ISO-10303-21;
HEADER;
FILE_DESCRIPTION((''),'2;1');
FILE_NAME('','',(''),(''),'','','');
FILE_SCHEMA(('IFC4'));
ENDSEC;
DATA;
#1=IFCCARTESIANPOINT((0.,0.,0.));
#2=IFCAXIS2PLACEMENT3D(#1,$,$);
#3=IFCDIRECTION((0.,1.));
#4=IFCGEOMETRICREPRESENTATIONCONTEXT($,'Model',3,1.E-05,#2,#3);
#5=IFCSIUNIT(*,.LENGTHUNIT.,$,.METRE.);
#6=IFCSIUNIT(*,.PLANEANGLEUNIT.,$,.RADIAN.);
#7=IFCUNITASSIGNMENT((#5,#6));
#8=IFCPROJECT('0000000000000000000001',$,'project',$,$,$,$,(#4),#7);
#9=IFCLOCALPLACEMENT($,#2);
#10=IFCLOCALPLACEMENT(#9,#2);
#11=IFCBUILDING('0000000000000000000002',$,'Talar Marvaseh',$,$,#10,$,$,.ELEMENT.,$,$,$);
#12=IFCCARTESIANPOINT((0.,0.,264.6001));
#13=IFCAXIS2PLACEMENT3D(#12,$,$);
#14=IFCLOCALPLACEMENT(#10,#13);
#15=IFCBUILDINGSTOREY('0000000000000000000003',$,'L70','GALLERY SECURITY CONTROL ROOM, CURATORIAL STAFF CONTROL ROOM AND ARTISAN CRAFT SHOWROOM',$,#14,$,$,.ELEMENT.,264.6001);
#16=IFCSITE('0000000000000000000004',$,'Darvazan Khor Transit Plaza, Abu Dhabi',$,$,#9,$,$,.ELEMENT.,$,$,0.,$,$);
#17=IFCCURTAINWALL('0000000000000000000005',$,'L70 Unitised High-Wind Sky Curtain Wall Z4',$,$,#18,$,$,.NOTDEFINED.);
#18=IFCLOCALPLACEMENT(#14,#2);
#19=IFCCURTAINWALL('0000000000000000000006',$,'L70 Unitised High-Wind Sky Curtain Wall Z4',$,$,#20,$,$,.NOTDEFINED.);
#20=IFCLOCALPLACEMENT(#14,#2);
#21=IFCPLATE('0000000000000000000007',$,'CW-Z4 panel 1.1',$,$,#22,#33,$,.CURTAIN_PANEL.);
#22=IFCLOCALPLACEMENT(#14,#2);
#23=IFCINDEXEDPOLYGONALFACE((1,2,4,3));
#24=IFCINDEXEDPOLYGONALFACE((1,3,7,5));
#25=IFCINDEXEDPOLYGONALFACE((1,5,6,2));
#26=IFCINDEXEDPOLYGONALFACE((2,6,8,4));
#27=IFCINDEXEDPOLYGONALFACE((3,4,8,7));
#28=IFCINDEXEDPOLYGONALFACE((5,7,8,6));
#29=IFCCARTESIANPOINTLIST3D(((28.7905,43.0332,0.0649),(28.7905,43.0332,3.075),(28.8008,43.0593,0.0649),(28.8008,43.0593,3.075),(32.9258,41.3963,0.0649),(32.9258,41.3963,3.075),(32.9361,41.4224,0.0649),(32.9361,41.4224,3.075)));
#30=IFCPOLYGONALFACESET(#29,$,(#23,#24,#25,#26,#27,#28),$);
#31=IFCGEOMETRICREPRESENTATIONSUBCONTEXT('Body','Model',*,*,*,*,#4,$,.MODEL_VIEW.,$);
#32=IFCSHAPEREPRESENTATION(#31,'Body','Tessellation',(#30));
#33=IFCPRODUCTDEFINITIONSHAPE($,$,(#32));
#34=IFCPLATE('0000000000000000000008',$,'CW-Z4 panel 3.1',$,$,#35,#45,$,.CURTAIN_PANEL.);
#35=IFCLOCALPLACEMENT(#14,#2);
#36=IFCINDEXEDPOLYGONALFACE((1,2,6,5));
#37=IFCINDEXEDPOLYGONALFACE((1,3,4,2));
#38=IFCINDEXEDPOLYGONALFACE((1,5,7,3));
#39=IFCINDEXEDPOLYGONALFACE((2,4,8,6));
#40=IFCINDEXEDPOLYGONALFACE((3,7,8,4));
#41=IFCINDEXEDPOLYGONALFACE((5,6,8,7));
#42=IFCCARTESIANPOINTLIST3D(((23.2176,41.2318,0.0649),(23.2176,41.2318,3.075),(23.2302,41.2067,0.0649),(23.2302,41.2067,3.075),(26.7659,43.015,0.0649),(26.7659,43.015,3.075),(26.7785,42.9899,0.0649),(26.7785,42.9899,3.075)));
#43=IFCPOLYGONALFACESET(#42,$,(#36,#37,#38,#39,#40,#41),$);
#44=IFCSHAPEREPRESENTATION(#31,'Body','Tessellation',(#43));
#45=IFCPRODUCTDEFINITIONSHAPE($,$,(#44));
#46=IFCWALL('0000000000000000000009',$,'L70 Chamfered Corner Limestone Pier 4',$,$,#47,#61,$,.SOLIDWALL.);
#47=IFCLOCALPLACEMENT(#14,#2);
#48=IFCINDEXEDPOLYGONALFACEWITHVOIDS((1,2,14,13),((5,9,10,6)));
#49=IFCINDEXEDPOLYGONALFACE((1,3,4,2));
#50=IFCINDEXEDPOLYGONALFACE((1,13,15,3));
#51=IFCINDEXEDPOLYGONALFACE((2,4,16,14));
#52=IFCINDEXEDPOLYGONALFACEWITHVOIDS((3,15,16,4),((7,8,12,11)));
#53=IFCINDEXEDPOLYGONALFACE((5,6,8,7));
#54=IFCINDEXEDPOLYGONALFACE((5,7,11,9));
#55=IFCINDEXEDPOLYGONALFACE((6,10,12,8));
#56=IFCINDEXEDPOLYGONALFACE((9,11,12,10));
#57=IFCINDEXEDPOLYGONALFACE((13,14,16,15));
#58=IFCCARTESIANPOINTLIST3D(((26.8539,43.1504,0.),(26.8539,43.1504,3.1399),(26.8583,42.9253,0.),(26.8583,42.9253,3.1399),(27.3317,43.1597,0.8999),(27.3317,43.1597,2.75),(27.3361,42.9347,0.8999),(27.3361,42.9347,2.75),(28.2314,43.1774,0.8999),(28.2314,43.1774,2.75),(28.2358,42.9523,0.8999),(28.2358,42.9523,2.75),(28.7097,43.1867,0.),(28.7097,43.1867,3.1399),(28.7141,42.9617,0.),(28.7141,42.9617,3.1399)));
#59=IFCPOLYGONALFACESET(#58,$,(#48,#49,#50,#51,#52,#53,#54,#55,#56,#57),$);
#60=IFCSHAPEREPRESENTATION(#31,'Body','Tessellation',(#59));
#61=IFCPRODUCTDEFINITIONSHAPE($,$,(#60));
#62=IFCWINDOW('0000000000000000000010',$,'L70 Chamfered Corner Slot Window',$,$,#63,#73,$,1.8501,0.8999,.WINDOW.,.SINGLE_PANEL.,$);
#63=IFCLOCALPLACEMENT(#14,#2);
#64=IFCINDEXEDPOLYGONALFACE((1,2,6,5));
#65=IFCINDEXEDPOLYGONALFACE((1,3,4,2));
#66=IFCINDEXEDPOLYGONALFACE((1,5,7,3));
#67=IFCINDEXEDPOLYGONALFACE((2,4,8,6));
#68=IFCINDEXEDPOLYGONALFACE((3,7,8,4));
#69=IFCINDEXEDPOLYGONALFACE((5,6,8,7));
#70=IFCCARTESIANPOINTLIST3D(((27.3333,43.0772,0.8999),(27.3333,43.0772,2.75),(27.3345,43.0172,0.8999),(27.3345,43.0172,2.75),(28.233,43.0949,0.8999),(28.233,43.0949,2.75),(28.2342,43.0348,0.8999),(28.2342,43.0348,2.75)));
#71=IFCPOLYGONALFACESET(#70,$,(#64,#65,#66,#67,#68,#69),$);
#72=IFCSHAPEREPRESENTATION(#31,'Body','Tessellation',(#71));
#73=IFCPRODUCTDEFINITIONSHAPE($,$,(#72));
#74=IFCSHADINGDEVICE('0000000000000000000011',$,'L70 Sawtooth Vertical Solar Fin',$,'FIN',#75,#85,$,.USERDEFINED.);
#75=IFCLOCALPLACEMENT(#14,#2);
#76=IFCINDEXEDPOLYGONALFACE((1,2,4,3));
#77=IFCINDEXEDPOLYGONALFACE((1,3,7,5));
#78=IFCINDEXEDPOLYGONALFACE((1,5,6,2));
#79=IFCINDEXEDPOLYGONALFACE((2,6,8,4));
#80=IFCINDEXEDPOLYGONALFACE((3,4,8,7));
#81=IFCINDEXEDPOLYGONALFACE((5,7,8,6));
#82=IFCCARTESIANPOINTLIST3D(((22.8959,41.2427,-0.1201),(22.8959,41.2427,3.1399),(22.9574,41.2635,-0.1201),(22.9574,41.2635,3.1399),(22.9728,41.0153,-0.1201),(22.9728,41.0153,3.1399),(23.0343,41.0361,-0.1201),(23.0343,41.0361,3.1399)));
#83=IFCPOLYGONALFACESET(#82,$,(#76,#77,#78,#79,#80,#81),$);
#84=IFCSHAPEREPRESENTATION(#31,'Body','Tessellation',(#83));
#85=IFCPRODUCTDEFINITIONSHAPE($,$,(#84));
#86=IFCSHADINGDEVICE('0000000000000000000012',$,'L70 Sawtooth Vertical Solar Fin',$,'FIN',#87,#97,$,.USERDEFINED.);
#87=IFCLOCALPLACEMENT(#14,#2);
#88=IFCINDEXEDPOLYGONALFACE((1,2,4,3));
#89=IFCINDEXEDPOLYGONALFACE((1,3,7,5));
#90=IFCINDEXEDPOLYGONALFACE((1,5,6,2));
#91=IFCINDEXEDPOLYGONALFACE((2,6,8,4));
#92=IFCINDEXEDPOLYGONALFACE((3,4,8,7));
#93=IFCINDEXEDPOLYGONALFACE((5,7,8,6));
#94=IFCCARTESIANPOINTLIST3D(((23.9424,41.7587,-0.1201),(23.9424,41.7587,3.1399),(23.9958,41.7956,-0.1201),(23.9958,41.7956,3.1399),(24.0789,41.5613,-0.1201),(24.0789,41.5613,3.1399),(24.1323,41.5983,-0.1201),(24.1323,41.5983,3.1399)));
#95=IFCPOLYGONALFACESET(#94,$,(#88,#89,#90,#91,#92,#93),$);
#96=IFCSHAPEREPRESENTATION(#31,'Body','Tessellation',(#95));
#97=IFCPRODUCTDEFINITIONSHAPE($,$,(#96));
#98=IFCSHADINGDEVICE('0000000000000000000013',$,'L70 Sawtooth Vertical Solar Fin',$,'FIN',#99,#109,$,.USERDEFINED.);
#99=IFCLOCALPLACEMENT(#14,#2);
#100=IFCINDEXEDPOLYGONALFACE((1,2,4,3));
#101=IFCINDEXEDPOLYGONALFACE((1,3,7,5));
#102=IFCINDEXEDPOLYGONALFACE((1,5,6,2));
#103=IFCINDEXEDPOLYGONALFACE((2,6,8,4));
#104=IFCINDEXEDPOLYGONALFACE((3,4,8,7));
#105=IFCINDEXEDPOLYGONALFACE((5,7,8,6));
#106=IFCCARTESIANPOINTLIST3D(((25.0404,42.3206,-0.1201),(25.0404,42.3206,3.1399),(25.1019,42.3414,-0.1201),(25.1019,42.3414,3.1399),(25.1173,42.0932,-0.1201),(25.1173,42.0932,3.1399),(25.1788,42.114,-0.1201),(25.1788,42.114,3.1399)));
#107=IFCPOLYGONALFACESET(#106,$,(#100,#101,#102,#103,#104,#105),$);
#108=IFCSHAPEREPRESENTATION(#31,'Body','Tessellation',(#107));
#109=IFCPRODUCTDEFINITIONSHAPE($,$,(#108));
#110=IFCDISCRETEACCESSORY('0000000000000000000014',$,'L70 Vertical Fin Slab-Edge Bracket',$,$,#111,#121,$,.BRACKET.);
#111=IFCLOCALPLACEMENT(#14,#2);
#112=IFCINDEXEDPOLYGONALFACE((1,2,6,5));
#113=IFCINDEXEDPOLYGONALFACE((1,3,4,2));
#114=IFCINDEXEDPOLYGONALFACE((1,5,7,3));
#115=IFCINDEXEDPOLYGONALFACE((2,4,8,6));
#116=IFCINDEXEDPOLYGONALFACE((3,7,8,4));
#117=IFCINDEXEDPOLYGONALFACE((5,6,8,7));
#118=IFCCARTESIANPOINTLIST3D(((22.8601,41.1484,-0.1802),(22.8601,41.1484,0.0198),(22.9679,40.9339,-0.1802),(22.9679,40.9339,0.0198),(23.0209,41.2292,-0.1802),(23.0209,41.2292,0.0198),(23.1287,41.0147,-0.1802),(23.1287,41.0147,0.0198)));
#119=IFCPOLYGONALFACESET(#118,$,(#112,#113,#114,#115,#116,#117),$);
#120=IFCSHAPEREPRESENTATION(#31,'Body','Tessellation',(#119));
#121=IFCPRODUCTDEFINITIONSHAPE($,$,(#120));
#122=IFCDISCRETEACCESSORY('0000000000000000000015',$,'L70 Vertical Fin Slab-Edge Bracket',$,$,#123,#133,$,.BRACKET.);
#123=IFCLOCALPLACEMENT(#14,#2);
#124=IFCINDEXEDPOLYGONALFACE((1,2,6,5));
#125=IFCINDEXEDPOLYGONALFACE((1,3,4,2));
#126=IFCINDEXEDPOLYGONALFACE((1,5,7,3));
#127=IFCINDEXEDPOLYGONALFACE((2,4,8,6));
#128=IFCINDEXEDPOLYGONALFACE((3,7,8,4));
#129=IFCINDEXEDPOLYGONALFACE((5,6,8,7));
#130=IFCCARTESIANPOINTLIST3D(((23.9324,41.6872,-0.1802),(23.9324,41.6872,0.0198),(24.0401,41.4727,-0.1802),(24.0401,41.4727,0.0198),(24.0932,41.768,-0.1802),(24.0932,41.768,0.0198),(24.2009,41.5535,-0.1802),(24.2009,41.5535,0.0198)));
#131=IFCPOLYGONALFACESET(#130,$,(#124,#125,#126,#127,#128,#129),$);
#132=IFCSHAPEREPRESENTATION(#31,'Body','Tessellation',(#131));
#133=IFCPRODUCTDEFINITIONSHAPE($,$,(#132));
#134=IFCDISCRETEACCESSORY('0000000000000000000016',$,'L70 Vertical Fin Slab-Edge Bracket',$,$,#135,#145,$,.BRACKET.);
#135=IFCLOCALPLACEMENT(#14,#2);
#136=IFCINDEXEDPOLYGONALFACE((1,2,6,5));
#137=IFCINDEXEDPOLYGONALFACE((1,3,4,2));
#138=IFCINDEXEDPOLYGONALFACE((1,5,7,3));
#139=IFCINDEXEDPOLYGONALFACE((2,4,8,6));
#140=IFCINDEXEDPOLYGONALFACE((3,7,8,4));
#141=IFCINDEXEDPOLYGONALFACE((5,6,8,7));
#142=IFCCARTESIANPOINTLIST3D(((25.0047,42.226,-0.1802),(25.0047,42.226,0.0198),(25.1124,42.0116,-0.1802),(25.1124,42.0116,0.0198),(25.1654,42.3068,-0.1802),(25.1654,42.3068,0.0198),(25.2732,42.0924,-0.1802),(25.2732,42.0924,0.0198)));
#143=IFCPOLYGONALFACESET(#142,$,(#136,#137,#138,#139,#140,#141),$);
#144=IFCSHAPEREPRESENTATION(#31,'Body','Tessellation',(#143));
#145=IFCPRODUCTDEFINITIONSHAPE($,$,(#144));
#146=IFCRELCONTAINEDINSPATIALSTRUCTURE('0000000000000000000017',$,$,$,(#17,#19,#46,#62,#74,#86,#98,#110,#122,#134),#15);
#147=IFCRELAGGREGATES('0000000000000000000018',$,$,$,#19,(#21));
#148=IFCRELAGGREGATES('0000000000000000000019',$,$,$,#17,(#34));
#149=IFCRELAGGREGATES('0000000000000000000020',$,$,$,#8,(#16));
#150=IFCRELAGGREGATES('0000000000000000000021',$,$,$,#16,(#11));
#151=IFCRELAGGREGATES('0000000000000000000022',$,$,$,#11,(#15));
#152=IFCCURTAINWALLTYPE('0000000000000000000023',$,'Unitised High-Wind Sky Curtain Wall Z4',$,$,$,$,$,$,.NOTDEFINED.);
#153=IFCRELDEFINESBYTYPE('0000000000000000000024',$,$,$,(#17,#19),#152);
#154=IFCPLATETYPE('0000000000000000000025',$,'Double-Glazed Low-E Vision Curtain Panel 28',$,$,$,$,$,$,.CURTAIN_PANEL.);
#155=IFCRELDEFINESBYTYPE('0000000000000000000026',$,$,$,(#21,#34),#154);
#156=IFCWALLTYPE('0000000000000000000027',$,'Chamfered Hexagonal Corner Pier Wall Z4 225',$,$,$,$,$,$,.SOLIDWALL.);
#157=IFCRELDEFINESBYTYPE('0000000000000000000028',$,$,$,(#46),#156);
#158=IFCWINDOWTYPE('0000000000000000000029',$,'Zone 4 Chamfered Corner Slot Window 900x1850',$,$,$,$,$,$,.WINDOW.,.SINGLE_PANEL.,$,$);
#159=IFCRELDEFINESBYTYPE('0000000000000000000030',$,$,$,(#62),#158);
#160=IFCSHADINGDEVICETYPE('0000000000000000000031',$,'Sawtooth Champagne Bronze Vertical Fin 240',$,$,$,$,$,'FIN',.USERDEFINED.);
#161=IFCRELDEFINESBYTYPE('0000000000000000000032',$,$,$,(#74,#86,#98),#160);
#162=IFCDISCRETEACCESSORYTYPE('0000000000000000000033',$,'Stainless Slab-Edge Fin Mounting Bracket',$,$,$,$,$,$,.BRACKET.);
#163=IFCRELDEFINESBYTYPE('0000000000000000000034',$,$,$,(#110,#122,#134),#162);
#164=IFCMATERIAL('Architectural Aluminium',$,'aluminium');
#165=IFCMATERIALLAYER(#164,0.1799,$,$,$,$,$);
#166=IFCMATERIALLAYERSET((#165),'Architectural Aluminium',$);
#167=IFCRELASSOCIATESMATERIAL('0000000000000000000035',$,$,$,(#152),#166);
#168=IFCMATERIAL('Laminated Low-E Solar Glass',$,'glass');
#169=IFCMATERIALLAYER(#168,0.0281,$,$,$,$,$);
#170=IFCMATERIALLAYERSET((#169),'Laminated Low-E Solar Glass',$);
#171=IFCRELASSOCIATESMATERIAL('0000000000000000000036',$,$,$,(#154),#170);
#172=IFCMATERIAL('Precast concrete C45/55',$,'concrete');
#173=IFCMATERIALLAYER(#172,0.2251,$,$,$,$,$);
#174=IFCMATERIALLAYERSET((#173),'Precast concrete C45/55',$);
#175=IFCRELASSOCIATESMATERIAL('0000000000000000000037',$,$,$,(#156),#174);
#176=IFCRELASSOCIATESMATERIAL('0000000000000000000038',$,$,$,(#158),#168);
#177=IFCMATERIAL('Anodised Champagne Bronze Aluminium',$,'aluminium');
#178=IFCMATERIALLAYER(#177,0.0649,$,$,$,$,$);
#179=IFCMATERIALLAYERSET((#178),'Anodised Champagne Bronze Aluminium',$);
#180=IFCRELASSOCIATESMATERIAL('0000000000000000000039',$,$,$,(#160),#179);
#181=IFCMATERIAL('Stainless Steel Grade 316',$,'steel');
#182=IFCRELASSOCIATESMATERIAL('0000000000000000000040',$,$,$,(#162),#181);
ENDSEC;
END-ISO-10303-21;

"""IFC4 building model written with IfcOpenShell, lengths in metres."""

from ifc_helpers import new_model, si_unit, direction, frame, frame_2d, origin, origin_2d, place, context, subcontext, project, spatial, rectangle, extrude, source, transform, mapped, material, layer, layer_set, type_object, type_shapes, element, fill, aggregate, save


model = new_model("IFC4")

# Units and contexts
model_context = context("Model", 3, precision=1e-05, world=origin(), true_north=direction((0.0, 1.0)))
body_context = subcontext(model_context, "Body", "Model", "MODEL_VIEW")
ifc_project = project(units=[si_unit("LENGTHUNIT", "METRE"), si_unit("PLANEANGLEUNIT", "RADIAN")], contexts=[model_context])

# Site, building, storey
site_placement = place(None, origin())
site = spatial("IfcSite", under=ifc_project, at=site_placement, Name="Darvazan Khor Transit Plaza, Abu Dhabi", CompositionType="ELEMENT", RefElevation=0.0)
building_placement = place(site_placement, origin())
building = spatial("IfcBuilding", under=site, at=building_placement, Name="Talar Marvaseh", CompositionType="ELEMENT")
storey_placement = place(building_placement, frame((0.0, 0.0, 264.6001)))
storey = spatial("IfcBuildingStorey", under=building, at=storey_placement, Name="L70", Description="GALLERY SECURITY CONTROL ROOM, CURATORIAL STAFF CONTROL ROOM AND ARTISAN CRAFT SHOWROOM", CompositionType="ELEMENT", Elevation=264.6001)

# Curtain walls
ifc_material_1 = material(Name="Architectural Aluminium", Category="aluminium")
ifc_layer_1 = layer(ifc_material_1, 0.1799)
ifc_layer_set_1 = layer_set([ifc_layer_1], Name="Architectural Aluminium")
curtain_wall_type = type_object("IfcCurtainWallType", Name="Unitised High-Wind Sky Curtain Wall Z4", PredefinedType="NOTDEFINED", material=ifc_layer_set_1)
curtain_wall_1_placement = place(storey_placement, origin())
curtain_wall_1 = element("IfcCurtainWall", 1, at=curtain_wall_1_placement, inside=storey, type_object=curtain_wall_type, Name="L70 Unitised High-Wind Sky Curtain Wall Z4", PredefinedType="NOTDEFINED")
curtain_wall_2_placement = place(storey_placement, origin())
curtain_wall_2 = element("IfcCurtainWall", 2, at=curtain_wall_2_placement, inside=storey, type_object=curtain_wall_type, Name="L70 Unitised High-Wind Sky Curtain Wall Z4", PredefinedType="NOTDEFINED")

# Plates
ifc_material_2 = material(Name="Laminated Low-E Solar Glass", Category="glass")
ifc_layer_2 = layer(ifc_material_2, 0.0281)
ifc_layer_set_2 = layer_set([ifc_layer_2], Name="Laminated Low-E Solar Glass")
plate_type = type_object("IfcPlateType", Name="Double-Glazed Low-E Vision Curtain Panel 28", PredefinedType="CURTAIN_PANEL", material=ifc_layer_set_2)
shared_shape_1 = source(origin(), body_context, "Body", "SweptSolid", [
    extrude(rectangle(XDim=4.4475, YDim=0.0281, at=origin_2d()), origin(), (0.0, 0.0, 1.0), 3.01),
])
plate_1_placement = place(storey_placement, frame((30.8633, 42.2278, 0.0649), z_axis=(0.0, 0.0, 1.0), x_axis=(0.929802, -0.36806, 0.0)))
plate_1 = element("IfcPlate", 3, at=plate_1_placement, type_object=plate_type, Name="CW-Z4 panel 1.1", PredefinedType="CURTAIN_PANEL", context=body_context, shape_type="MappedRepresentation", body=[
    mapped(shared_shape_1, transform((0.0, 0.0, 0.0), x_axis=(1.0, 0.0, 0.0), y_axis=(0.0, 1.0, 0.0), z_axis=(0.0, 0.0, 1.0), scale=1.0)),
])
aggregate(curtain_wall_2, [plate_1])
shared_shape_2 = source(origin(), body_context, "Body", "SweptSolid", [
    extrude(rectangle(XDim=3.9712, YDim=0.0281, at=origin_2d()), origin(), (0.0, 0.0, 1.0), 3.01),
])
type_shapes(plate_type, [shared_shape_1, shared_shape_2])
plate_2_placement = place(storey_placement, frame((24.998, 42.1108, 0.0649), z_axis=(0.0, 0.0, 1.0), x_axis=(0.893514, 0.449035, 0.0)))
plate_2 = element("IfcPlate", 4, at=plate_2_placement, type_object=plate_type, Name="CW-Z4 panel 3.1", PredefinedType="CURTAIN_PANEL", context=body_context, shape_type="MappedRepresentation", body=[
    mapped(shared_shape_2, transform((0.0, 0.0, 0.0), x_axis=(1.0, 0.0, 0.0), y_axis=(0.0, 1.0, 0.0), z_axis=(0.0, 0.0, 1.0), scale=1.0)),
])
aggregate(curtain_wall_1, [plate_2])

# Wall, opening, window
ifc_material_3 = material(Name="Precast concrete C45/55", Category="concrete")
ifc_layer_3 = layer(ifc_material_3, 0.2251)
ifc_layer_set_3 = layer_set([ifc_layer_3], Name="Precast concrete C45/55")
wall_type = type_object("IfcWallType", Name="Chamfered Hexagonal Corner Pier Wall Z4 225", PredefinedType="SOLIDWALL", material=ifc_layer_set_3)
wall_placement = place(storey_placement, frame((26.856, 43.0378, 0.0), z_axis=(0.0, 0.0, 1.0), x_axis=(0.999808, 0.019596, 0.0)))
wall = element("IfcWall", 5, at=wall_placement, inside=storey, type_object=wall_type, Name="L70 Chamfered Corner Limestone Pier 4", PredefinedType="SOLIDWALL", context=body_context, shape_type="SweptSolid", body=[
    extrude(rectangle(XDim=1.8562, YDim=0.2251, at=frame_2d((0.9282, 0.0))), origin(), (0.0, 0.0, 1.0), 3.1399),
])
opening_placement = place(wall_placement, frame((0.478, 0.0, 0.8999)))
opening = element("IfcOpeningElement", 6, at=opening_placement, cuts=wall, PredefinedType="OPENING", context=body_context, shape_type="SweptSolid", body=[
    extrude(rectangle(XDim=0.8999, YDim=1.8501, at=frame_2d((0.45, 0.925))), frame((0.0, 0.1226, 0.0), z_axis=(0.0, -1.0, 0.0), x_axis=(1.0, 0.0, 0.0)), (0.0, 0.0, 1.0), 0.2451),
])
window_type = type_object("IfcWindowType", Name="Zone 4 Chamfered Corner Slot Window 900x1850", PartitioningType="SINGLE_PANEL", PredefinedType="WINDOW", material=ifc_material_2)
shared_shape_3 = source(origin(), body_context, "Body", "SweptSolid", [
    extrude(rectangle(XDim=0.8999, YDim=1.8501, at=frame_2d((0.45, 0.925))), frame((0.0, 0.03, 0.0), z_axis=(0.0, -1.0, 0.0), x_axis=(1.0, 0.0, 0.0)), (0.0, 0.0, 1.0), 0.0601),
])
type_shapes(window_type, [shared_shape_3])
window_placement = place(opening_placement, origin())
window = element("IfcWindow", 7, at=window_placement, inside=storey, type_object=window_type, Name="L70 Chamfered Corner Slot Window", OverallHeight=1.8501, OverallWidth=0.8999, PartitioningType="SINGLE_PANEL", PredefinedType="WINDOW", context=body_context, shape_type="MappedRepresentation", body=[
    mapped(shared_shape_3, transform((0.0, 0.0, 0.0), x_axis=(1.0, 0.0, 0.0), y_axis=(0.0, 1.0, 0.0), z_axis=(0.0, 0.0, 1.0), scale=1.0)),
])
fill(opening, window)

# Shading devices
ifc_material_4 = material(Name="Anodised Champagne Bronze Aluminium", Category="aluminium")
ifc_layer_4 = layer(ifc_material_4, 0.0649)
ifc_layer_set_4 = layer_set([ifc_layer_4], Name="Anodised Champagne Bronze Aluminium")
shading_device_type = type_object("IfcShadingDeviceType", Name="Sawtooth Champagne Bronze Vertical Fin 240", ElementType="FIN", PredefinedType="USERDEFINED", material=ifc_layer_set_4)
shared_shape_4 = source(origin(), body_context, "Body", "SweptSolid", [
    extrude(rectangle(XDim=0.24, YDim=0.0649, at=origin_2d()), origin(), (0.0, 0.0, 1.0), 3.26),
])
type_shapes(shading_device_type, [shared_shape_4])
for number, where, z_axis, x_axis, name in (
    (8, (22.9651, 41.1394, -0.1201), (0.0, 0.0, 1.0), (-0.320282, 0.947322, 0.0), "L70 Sawtooth Vertical Solar Fin"),
    (9, (24.0374, 41.6785, -0.1201), (0.0, 0.0, 1.0), (-0.568993, 0.822343, 0.0), "L70 Sawtooth Vertical Solar Fin"),
    (10, (25.1096, 42.2173, -0.1201), (0.0, 0.0, 1.0), (-0.320282, 0.947322, 0.0), "L70 Sawtooth Vertical Solar Fin"),
):
    element("IfcShadingDevice", number, at=place(storey_placement, frame(where, z_axis=z_axis, x_axis=x_axis)), inside=storey, type_object=shading_device_type, Name=name, ObjectType="FIN", PredefinedType="USERDEFINED", context=body_context, shape_type="MappedRepresentation", body=[
        mapped(shared_shape_4, transform((0.0, 0.0, 0.0), x_axis=(1.0, 0.0, 0.0), y_axis=(0.0, 1.0, 0.0), z_axis=(0.0, 0.0, 1.0), scale=1.0)),
    ])

# Discrete accessories
ifc_material_5 = material(Name="Stainless Steel Grade 316", Category="steel")
discrete_accessory_type = type_object("IfcDiscreteAccessoryType", Name="Stainless Slab-Edge Fin Mounting Bracket", PredefinedType="BRACKET", material=ifc_material_5)
shared_shape_5 = source(origin(), body_context, "Body", "SweptSolid", [
    extrude(rectangle(XDim=0.24, YDim=0.1799, at=origin_2d()), origin(), (0.0, 0.0, 1.0), 0.2),
])
type_shapes(discrete_accessory_type, [shared_shape_5])
for number, where, z_axis, x_axis, name in (
    (11, (22.9944, 41.0815, -0.1802), (0.0, 0.0, 1.0), (-0.449007, 0.893528, 0.0), "L70 Vertical Fin Slab-Edge Bracket"),
    (12, (24.0667, 41.6204, -0.1802), (0.0, 0.0, 1.0), (-0.449007, 0.893528, 0.0), "L70 Vertical Fin Slab-Edge Bracket"),
    (13, (25.1389, 42.1592, -0.1802), (0.0, 0.0, 1.0), (-0.449007, 0.893528, 0.0), "L70 Vertical Fin Slab-Edge Bracket"),
):
    element("IfcDiscreteAccessory", number, at=place(storey_placement, frame(where, z_axis=z_axis, x_axis=x_axis)), inside=storey, type_object=discrete_accessory_type, Name=name, PredefinedType="BRACKET", context=body_context, shape_type="MappedRepresentation", body=[
        mapped(shared_shape_5, transform((0.0, 0.0, 0.0), x_axis=(1.0, 0.0, 0.0), y_axis=(0.0, 1.0, 0.0), z_axis=(0.0, 0.0, 1.0), scale=1.0)),
    ])

save(model, "model.ifc")
